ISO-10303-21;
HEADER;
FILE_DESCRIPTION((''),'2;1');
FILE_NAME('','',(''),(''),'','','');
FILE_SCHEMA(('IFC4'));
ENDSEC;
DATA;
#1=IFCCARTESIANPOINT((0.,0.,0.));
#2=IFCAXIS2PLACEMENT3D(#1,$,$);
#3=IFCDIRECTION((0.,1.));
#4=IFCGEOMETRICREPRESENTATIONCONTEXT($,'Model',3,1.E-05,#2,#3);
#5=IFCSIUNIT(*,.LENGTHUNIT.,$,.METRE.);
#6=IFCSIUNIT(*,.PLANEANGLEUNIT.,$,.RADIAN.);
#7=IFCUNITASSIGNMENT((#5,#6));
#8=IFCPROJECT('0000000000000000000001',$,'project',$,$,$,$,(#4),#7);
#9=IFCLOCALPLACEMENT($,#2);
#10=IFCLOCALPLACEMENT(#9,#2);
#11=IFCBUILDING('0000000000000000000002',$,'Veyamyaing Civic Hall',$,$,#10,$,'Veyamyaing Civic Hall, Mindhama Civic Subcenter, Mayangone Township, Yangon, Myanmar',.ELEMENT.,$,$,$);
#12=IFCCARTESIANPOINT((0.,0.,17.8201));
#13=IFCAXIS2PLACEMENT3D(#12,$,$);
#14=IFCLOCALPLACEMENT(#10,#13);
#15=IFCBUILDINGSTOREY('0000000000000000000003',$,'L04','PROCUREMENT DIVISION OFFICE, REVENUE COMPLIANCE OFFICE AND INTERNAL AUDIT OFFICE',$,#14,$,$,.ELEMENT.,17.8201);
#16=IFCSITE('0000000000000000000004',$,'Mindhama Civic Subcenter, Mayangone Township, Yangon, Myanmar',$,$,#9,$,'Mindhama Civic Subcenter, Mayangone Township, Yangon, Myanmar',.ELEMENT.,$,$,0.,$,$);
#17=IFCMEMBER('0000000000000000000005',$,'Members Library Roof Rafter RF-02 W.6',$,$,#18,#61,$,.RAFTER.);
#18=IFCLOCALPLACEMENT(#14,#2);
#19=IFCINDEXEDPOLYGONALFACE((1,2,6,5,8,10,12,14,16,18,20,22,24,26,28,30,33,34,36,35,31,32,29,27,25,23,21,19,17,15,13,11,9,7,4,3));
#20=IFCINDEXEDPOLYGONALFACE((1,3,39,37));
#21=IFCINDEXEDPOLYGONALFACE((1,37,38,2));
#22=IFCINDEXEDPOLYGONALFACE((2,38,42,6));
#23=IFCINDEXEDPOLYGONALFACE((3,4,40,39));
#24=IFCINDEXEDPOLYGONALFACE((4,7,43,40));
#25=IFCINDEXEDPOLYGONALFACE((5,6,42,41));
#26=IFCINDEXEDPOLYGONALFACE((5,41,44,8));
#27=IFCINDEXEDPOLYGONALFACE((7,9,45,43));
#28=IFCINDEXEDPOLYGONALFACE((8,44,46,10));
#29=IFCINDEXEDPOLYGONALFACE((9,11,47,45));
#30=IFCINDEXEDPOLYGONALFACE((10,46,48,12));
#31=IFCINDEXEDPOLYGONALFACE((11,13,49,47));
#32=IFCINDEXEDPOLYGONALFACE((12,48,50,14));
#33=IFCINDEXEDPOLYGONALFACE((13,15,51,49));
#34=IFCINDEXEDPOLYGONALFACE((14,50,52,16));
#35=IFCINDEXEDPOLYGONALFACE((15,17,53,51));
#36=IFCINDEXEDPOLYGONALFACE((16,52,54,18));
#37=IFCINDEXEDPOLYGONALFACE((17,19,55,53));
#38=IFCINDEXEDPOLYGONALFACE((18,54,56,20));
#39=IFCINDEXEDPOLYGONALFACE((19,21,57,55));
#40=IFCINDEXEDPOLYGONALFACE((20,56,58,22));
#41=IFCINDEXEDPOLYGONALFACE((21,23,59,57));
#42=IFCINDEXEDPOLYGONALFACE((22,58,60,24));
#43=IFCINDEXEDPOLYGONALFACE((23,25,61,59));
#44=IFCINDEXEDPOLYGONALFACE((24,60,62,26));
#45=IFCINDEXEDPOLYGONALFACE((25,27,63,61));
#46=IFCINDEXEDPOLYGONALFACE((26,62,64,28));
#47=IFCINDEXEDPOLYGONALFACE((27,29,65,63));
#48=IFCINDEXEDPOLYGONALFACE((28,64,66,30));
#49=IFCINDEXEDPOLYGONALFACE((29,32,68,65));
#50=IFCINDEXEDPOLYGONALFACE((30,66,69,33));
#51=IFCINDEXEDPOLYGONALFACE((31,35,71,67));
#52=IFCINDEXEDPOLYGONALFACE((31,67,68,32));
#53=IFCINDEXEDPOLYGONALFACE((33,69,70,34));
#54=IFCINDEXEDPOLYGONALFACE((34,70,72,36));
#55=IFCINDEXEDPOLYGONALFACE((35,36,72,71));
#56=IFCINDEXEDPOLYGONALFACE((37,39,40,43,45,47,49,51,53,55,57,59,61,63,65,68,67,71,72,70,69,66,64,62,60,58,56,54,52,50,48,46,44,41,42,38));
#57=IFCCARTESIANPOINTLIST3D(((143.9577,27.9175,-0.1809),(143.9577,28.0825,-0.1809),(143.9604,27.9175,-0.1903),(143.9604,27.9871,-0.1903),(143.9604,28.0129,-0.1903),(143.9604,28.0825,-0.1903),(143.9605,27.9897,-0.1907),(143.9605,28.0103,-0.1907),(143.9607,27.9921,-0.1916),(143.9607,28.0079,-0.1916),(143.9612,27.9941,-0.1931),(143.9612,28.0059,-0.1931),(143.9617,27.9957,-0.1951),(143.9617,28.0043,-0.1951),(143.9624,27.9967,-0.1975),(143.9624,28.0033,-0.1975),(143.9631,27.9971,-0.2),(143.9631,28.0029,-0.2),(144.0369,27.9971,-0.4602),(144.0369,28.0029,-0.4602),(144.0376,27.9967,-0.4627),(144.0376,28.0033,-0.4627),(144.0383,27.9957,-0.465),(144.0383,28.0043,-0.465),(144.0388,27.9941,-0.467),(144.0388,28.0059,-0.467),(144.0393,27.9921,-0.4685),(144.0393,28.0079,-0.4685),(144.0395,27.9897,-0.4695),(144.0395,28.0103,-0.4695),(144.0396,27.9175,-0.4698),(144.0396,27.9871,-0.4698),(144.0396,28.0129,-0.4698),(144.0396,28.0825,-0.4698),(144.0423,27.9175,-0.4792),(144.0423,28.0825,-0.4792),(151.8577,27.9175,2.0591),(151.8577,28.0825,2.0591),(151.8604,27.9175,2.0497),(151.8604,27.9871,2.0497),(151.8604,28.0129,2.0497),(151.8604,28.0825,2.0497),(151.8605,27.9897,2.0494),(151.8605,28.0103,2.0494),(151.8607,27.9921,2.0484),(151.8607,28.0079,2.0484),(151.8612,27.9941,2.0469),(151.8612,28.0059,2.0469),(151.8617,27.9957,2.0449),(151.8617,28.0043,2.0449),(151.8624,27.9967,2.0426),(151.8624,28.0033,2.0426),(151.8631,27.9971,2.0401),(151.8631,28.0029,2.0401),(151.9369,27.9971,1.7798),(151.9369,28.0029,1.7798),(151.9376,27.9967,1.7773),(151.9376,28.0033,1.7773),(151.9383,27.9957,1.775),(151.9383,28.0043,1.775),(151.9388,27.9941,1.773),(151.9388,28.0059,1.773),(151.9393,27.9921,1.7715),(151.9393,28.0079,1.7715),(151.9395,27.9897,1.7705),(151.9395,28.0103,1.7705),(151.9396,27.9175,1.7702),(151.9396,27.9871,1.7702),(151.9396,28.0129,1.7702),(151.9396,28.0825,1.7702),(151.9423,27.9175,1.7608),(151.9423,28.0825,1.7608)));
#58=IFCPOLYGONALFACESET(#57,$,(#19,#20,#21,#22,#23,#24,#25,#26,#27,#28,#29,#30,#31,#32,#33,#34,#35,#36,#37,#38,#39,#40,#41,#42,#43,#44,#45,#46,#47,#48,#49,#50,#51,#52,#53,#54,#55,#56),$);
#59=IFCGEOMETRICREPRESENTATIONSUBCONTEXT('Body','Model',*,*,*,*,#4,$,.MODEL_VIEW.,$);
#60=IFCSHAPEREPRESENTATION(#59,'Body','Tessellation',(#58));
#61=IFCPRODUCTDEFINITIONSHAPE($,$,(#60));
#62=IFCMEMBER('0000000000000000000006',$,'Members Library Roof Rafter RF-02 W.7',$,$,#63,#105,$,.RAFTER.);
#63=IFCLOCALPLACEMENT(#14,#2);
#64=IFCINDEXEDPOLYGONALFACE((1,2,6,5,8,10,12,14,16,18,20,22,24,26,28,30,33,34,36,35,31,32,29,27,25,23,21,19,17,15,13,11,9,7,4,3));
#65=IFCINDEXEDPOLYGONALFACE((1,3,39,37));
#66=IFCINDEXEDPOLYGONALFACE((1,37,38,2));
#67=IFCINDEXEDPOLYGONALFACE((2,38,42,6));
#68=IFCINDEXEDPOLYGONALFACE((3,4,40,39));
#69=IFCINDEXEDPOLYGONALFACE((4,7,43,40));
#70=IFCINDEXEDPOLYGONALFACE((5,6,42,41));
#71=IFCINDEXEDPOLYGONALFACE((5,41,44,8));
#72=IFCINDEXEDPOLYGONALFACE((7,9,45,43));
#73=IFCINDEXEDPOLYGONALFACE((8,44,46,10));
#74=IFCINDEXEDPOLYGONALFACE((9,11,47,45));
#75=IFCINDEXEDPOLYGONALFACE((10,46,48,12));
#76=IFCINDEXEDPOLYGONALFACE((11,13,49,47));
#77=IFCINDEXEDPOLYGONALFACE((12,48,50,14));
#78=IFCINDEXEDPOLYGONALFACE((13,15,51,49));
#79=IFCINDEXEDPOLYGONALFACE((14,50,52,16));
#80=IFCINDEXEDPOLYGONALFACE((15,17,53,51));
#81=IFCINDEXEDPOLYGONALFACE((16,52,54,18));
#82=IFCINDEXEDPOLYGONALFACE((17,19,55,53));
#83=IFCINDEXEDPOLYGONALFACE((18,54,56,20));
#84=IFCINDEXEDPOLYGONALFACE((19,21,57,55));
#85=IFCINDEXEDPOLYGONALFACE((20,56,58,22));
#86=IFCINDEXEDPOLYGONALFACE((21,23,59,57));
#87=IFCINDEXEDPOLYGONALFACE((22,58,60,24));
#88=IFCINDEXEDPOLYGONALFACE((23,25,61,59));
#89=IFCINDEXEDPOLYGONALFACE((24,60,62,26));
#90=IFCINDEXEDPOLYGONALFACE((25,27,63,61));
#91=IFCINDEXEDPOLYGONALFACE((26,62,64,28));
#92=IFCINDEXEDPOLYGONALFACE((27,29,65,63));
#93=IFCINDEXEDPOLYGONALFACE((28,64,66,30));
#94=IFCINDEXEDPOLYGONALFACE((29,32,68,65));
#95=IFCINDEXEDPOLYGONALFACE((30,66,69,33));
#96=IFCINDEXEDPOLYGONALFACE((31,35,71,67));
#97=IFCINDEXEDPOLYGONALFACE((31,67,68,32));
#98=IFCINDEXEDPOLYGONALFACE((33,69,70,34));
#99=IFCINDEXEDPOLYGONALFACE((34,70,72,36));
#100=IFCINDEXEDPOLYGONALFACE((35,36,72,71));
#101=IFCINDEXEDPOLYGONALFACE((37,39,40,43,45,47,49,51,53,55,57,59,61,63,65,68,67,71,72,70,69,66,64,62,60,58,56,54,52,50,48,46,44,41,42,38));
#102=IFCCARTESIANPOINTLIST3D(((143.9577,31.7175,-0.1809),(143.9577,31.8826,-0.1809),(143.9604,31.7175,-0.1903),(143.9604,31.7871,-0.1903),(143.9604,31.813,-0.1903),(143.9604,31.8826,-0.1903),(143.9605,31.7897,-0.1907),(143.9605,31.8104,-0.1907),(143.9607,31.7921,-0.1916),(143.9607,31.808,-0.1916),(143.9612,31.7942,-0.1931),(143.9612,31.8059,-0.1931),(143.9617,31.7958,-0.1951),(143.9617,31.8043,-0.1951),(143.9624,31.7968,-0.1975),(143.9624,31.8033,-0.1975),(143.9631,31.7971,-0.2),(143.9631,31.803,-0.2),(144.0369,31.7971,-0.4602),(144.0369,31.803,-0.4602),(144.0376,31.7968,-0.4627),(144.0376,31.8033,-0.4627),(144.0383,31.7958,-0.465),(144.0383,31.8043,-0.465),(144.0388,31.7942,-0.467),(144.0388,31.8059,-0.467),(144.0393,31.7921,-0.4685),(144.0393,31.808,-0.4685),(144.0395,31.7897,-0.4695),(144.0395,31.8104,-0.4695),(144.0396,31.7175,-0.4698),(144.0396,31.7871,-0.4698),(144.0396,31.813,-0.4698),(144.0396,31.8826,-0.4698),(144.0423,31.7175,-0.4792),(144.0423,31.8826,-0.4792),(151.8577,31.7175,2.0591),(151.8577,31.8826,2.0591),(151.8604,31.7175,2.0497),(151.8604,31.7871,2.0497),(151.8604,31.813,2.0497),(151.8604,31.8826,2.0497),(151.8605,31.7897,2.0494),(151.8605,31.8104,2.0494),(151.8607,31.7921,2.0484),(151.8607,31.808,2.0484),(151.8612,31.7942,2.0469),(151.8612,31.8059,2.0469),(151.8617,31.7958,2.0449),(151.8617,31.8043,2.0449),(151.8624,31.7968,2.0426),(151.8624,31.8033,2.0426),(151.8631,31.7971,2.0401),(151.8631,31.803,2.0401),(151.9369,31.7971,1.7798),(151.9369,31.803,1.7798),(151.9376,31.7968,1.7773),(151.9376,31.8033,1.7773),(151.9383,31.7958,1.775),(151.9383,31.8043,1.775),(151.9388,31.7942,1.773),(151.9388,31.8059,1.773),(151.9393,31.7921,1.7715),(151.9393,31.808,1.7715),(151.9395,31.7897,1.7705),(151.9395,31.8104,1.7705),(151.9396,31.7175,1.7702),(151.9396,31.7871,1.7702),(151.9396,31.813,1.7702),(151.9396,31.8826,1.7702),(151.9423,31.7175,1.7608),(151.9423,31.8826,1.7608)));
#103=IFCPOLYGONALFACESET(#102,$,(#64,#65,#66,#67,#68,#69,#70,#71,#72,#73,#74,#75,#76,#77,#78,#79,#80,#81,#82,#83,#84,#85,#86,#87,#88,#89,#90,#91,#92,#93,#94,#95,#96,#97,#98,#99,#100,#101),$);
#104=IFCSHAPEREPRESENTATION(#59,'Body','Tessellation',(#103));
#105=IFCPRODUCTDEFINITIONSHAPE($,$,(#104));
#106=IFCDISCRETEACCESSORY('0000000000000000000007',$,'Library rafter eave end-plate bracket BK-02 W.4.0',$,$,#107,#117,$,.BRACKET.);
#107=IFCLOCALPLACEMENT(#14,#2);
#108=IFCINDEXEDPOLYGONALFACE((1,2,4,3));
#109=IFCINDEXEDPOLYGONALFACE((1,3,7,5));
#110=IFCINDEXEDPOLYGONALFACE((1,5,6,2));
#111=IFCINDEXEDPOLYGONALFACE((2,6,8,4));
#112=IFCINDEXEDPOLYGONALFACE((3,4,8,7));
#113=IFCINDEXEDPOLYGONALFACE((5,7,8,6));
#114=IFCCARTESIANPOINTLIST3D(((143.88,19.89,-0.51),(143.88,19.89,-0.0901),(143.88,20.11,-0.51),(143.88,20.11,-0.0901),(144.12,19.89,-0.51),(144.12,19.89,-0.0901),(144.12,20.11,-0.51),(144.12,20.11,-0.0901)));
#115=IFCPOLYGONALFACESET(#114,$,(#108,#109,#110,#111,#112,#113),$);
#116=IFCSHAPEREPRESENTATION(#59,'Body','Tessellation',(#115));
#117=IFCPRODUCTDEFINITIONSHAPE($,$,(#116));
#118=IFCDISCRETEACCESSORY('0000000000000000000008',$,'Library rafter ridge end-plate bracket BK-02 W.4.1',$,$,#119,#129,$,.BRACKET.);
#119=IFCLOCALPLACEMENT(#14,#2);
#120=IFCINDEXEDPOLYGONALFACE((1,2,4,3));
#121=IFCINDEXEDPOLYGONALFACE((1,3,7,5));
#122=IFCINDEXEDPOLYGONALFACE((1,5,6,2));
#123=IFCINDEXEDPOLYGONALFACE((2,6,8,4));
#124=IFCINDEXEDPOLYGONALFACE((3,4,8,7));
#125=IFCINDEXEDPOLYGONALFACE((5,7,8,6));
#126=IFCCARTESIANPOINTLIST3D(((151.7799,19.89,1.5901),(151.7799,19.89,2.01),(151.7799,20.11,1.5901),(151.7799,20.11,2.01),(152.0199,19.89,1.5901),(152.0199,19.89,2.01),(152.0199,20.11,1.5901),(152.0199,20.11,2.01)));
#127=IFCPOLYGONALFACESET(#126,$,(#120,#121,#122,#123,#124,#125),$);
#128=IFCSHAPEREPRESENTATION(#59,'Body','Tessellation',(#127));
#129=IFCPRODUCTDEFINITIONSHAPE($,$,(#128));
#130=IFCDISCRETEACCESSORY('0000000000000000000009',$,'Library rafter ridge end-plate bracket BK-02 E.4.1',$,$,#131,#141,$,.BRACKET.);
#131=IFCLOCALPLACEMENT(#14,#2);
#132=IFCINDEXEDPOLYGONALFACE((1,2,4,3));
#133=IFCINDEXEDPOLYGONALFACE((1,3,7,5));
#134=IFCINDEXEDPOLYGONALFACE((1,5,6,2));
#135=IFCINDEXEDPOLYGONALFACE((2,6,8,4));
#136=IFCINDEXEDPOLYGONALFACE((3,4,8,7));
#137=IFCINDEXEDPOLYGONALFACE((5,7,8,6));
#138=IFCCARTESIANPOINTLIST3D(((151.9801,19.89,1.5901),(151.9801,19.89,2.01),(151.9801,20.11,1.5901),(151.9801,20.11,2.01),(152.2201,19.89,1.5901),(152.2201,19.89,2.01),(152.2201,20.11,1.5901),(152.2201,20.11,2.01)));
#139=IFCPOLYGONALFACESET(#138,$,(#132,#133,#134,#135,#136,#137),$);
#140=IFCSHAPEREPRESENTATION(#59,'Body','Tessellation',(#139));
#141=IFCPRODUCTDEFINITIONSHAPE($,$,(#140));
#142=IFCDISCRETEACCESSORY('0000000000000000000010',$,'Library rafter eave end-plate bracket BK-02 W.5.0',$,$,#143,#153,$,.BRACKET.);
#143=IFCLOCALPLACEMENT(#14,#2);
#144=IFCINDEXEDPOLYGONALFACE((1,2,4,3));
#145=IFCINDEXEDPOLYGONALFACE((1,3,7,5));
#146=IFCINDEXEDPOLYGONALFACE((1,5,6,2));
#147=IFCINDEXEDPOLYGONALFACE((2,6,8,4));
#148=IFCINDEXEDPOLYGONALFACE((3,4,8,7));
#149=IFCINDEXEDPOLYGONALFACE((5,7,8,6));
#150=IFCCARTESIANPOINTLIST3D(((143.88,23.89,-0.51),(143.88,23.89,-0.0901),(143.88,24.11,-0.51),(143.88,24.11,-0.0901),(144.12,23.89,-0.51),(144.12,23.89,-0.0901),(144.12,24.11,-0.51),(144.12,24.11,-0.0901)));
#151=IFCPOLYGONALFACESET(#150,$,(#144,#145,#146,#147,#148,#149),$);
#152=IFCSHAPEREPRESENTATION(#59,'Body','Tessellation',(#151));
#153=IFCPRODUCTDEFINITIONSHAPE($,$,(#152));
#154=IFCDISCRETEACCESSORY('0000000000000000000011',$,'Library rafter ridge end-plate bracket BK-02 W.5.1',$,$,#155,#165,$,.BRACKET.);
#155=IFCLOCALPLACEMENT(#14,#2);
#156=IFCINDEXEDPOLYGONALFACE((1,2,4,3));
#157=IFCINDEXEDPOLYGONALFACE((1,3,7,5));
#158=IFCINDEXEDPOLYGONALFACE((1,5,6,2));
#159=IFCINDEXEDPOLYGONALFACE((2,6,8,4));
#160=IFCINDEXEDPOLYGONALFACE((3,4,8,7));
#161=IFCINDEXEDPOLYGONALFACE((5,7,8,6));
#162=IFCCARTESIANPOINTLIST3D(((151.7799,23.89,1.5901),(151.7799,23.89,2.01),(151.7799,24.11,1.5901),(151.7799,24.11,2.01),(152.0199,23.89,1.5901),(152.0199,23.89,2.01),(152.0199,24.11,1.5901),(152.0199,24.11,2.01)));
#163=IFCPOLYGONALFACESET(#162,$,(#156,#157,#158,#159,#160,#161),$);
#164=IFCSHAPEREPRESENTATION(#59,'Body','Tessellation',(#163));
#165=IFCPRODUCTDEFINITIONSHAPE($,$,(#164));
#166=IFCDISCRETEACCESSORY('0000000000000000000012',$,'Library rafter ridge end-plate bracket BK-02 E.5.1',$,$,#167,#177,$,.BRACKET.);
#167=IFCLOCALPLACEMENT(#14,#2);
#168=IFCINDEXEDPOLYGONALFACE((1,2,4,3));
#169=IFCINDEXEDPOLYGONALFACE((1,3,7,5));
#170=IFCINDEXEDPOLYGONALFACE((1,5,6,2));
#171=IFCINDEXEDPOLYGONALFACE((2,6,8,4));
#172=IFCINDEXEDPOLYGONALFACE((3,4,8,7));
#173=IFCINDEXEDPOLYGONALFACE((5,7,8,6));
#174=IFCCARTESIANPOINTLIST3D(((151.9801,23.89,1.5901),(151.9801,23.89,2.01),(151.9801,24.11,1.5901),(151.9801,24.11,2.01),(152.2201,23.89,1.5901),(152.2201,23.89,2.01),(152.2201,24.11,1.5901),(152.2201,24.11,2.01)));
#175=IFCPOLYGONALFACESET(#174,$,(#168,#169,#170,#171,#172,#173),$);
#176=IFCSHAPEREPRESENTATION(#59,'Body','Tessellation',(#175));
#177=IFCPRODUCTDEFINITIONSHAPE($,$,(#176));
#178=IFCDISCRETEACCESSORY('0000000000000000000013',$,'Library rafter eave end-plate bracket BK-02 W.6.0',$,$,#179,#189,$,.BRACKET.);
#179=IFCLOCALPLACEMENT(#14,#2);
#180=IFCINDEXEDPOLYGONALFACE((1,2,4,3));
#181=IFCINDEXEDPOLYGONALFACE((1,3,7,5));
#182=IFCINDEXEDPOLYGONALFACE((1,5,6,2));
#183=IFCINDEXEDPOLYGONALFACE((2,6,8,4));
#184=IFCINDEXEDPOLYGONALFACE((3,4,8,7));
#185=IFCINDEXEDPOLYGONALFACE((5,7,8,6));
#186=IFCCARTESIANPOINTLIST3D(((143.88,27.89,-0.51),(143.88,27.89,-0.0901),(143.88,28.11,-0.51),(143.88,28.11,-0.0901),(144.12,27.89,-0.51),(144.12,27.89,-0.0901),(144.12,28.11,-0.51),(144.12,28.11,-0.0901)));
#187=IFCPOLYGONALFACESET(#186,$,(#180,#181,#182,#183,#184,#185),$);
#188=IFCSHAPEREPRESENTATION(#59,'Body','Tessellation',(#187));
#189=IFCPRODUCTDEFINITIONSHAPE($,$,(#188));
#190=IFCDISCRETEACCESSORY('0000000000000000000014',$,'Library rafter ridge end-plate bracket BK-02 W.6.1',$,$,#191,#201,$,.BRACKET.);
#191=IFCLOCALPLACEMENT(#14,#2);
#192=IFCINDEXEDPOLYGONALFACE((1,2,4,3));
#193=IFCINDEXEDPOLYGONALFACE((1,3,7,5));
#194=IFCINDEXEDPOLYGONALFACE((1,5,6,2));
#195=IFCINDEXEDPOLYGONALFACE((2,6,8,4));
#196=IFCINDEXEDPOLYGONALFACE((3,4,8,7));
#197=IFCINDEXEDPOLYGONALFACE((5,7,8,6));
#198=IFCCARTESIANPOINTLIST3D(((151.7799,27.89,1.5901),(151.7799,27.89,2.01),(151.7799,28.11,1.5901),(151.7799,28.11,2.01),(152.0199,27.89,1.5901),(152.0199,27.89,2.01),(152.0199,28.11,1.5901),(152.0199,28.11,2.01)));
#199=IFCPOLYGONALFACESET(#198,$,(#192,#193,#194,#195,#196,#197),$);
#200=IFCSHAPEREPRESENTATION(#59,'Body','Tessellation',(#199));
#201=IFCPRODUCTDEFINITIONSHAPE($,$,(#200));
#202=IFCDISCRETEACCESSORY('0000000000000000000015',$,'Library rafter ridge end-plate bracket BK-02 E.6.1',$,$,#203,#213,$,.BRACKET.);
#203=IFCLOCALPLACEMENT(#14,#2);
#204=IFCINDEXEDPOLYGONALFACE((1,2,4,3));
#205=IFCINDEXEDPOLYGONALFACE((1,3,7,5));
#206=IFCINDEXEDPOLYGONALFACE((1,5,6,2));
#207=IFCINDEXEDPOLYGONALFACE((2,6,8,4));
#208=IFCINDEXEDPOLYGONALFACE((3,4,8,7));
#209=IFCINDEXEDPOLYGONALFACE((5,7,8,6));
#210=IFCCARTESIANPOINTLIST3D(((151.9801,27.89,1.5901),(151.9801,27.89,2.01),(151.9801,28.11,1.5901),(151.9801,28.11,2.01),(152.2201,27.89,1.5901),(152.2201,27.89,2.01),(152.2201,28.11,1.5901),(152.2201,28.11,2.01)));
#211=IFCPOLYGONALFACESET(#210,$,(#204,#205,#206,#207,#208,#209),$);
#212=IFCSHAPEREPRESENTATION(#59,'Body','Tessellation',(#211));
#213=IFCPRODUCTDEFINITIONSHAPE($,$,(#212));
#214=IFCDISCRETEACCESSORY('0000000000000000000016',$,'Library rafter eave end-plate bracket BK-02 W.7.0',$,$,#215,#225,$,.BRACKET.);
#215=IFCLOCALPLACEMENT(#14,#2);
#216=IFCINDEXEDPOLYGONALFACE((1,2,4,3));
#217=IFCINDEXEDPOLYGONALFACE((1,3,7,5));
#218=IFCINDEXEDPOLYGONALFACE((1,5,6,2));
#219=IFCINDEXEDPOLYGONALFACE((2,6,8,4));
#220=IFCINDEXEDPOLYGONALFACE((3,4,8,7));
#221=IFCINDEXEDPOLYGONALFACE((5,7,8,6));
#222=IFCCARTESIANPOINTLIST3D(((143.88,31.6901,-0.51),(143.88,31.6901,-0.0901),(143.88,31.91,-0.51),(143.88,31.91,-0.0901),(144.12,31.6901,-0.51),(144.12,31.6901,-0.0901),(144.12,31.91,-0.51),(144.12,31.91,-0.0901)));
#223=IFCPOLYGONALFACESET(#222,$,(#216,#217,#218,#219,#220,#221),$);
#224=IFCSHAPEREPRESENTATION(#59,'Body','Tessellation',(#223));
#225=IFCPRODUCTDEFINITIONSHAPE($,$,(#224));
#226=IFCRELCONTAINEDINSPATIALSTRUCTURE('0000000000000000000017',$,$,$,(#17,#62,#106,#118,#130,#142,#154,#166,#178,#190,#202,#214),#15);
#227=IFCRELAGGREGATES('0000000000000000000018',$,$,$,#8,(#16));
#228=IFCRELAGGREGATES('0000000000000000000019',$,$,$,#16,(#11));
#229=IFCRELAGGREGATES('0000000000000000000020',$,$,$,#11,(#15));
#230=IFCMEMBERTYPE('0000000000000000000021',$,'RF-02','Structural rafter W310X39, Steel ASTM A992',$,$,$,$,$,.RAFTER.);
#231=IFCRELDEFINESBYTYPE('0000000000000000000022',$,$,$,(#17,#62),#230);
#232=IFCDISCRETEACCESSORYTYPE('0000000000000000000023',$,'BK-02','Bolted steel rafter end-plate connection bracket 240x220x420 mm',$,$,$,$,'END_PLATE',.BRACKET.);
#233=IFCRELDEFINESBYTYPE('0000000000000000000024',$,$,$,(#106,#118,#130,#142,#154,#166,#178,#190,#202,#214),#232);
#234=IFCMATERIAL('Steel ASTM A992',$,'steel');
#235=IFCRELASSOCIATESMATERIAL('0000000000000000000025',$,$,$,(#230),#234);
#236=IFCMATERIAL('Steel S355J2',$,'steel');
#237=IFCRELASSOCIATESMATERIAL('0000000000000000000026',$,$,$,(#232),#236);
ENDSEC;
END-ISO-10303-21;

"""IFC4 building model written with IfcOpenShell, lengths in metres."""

from ifc_helpers import new_model, si_unit, direction, frame, origin, origin_2d, place, context, subcontext, project, spatial, rectangle, i_section, extrude, material, material_profile, profile_set, type_object, element, save


model = new_model("IFC4")

# Units and contexts
model_context = context("Model", 3, precision=1e-05, world=origin(), true_north=direction((0.0, 1.0)))
body_context = subcontext(model_context, "Body", "Model", "MODEL_VIEW")
ifc_project = project(units=[si_unit("LENGTHUNIT", "METRE"), si_unit("PLANEANGLEUNIT", "RADIAN")], contexts=[model_context])

# Site, building, storey
site_placement = place(None, origin())
site = spatial("IfcSite", under=ifc_project, at=site_placement, Name="Mindhama Civic Subcenter, Mayangone Township, Yangon, Myanmar", LongName="Mindhama Civic Subcenter, Mayangone Township, Yangon, Myanmar", CompositionType="ELEMENT", RefElevation=0.0)
building_placement = place(site_placement, origin())
building = spatial("IfcBuilding", under=site, at=building_placement, Name="Veyamyaing Civic Hall", LongName="Veyamyaing Civic Hall, Mindhama Civic Subcenter, Mayangone Township, Yangon, Myanmar", CompositionType="ELEMENT")
storey_placement = place(building_placement, frame((0.0, 0.0, 17.8201)))
storey = spatial("IfcBuildingStorey", under=building, at=storey_placement, Name="L04", Description="PROCUREMENT DIVISION OFFICE, REVENUE COMPLIANCE OFFICE AND INTERNAL AUDIT OFFICE", CompositionType="ELEMENT", Elevation=17.8201)

# Shared definitions
ifc_material_1 = material(Name="Steel ASTM A992", Category="steel")

# Members
ifc_material_profile_1 = material_profile(ifc_material_1, i_section(OverallWidth=0.165, OverallDepth=0.3101, WebThickness=0.0059, FlangeThickness=0.0098, FilletRadius=0.01, at=origin_2d()), Name="W310X39")
ifc_profile_set_1 = profile_set([ifc_material_profile_1], Name="Steel ASTM A992")
member_type = type_object("IfcMemberType", Name="RF-02", Description="Structural rafter W310X39, Steel ASTM A992", PredefinedType="RAFTER", material=ifc_profile_set_1)
for number, where, z_axis, x_axis, name in (
    (1, (144.0, 28.0, -0.3301), (0.962073, 0.0, 0.272792), (0.0, 1.0, 0.0), "Members Library Roof Rafter RF-02 W.6"),
    (2, (144.0, 31.8, -0.3301), (0.962073, 0.0, 0.272792), (0.0, 1.0, 0.0), "Members Library Roof Rafter RF-02 W.7"),
):
    element("IfcMember", number, at=place(storey_placement, frame(where, z_axis=z_axis, x_axis=x_axis)), inside=storey, type_object=member_type, Name=name, PredefinedType="RAFTER", context=body_context, shape_type="SweptSolid", body=[
        extrude(i_section(OverallWidth=0.165, OverallDepth=0.3101, WebThickness=0.0059, FlangeThickness=0.0098, FilletRadius=0.01, at=origin_2d()), origin(), (0.0, 0.0, 1.0), 8.2114),
    ])

# Discrete accessories
ifc_material_2 = material(Name="Steel S355J2", Category="steel")
discrete_accessory_type = type_object("IfcDiscreteAccessoryType", Name="BK-02", Description="Bolted steel rafter end-plate connection bracket 240x220x420 mm", ElementType="END_PLATE", PredefinedType="BRACKET", material=ifc_material_2)
for number, where, z_axis, x_axis, name in (
    (3, (144.0, 20.0, -0.51), (0.0, 0.0, 1.0), (1.0, 0.0, 0.0), "Library rafter eave end-plate bracket BK-02 W.4.0"),
    (4, (151.8999, 20.0, 1.5901), (0.0, 0.0, 1.0), (1.0, 0.0, 0.0), "Library rafter ridge end-plate bracket BK-02 W.4.1"),
    (5, (152.1001, 20.0, 1.5901), (0.0, 0.0, 1.0), (1.0, 0.0, 0.0), "Library rafter ridge end-plate bracket BK-02 E.4.1"),
    (6, (144.0, 24.0, -0.51), (0.0, 0.0, 1.0), (1.0, 0.0, 0.0), "Library rafter eave end-plate bracket BK-02 W.5.0"),
    (7, (151.8999, 24.0, 1.5901), (0.0, 0.0, 1.0), (1.0, 0.0, 0.0), "Library rafter ridge end-plate bracket BK-02 W.5.1"),
    (8, (152.1001, 24.0, 1.5901), (0.0, 0.0, 1.0), (1.0, 0.0, 0.0), "Library rafter ridge end-plate bracket BK-02 E.5.1"),
    (9, (144.0, 28.0, -0.51), (0.0, 0.0, 1.0), (1.0, 0.0, 0.0), "Library rafter eave end-plate bracket BK-02 W.6.0"),
    (10, (151.8999, 28.0, 1.5901), (0.0, 0.0, 1.0), (1.0, 0.0, 0.0), "Library rafter ridge end-plate bracket BK-02 W.6.1"),
    (11, (152.1001, 28.0, 1.5901), (0.0, 0.0, 1.0), (1.0, 0.0, 0.0), "Library rafter ridge end-plate bracket BK-02 E.6.1"),
    (12, (144.0, 31.8, -0.51), (0.0, 0.0, 1.0), (1.0, 0.0, 0.0), "Library rafter eave end-plate bracket BK-02 W.7.0"),
):
    element("IfcDiscreteAccessory", number, at=place(storey_placement, frame(where, z_axis=z_axis, x_axis=x_axis)), inside=storey, type_object=discrete_accessory_type, Name=name, PredefinedType="BRACKET", context=body_context, shape_type="SweptSolid", body=[
        extrude(rectangle(XDim=0.24, YDim=0.22, at=origin_2d()), origin(), (0.0, 0.0, 1.0), 0.4199),
    ])

save(model, "model.ifc")
